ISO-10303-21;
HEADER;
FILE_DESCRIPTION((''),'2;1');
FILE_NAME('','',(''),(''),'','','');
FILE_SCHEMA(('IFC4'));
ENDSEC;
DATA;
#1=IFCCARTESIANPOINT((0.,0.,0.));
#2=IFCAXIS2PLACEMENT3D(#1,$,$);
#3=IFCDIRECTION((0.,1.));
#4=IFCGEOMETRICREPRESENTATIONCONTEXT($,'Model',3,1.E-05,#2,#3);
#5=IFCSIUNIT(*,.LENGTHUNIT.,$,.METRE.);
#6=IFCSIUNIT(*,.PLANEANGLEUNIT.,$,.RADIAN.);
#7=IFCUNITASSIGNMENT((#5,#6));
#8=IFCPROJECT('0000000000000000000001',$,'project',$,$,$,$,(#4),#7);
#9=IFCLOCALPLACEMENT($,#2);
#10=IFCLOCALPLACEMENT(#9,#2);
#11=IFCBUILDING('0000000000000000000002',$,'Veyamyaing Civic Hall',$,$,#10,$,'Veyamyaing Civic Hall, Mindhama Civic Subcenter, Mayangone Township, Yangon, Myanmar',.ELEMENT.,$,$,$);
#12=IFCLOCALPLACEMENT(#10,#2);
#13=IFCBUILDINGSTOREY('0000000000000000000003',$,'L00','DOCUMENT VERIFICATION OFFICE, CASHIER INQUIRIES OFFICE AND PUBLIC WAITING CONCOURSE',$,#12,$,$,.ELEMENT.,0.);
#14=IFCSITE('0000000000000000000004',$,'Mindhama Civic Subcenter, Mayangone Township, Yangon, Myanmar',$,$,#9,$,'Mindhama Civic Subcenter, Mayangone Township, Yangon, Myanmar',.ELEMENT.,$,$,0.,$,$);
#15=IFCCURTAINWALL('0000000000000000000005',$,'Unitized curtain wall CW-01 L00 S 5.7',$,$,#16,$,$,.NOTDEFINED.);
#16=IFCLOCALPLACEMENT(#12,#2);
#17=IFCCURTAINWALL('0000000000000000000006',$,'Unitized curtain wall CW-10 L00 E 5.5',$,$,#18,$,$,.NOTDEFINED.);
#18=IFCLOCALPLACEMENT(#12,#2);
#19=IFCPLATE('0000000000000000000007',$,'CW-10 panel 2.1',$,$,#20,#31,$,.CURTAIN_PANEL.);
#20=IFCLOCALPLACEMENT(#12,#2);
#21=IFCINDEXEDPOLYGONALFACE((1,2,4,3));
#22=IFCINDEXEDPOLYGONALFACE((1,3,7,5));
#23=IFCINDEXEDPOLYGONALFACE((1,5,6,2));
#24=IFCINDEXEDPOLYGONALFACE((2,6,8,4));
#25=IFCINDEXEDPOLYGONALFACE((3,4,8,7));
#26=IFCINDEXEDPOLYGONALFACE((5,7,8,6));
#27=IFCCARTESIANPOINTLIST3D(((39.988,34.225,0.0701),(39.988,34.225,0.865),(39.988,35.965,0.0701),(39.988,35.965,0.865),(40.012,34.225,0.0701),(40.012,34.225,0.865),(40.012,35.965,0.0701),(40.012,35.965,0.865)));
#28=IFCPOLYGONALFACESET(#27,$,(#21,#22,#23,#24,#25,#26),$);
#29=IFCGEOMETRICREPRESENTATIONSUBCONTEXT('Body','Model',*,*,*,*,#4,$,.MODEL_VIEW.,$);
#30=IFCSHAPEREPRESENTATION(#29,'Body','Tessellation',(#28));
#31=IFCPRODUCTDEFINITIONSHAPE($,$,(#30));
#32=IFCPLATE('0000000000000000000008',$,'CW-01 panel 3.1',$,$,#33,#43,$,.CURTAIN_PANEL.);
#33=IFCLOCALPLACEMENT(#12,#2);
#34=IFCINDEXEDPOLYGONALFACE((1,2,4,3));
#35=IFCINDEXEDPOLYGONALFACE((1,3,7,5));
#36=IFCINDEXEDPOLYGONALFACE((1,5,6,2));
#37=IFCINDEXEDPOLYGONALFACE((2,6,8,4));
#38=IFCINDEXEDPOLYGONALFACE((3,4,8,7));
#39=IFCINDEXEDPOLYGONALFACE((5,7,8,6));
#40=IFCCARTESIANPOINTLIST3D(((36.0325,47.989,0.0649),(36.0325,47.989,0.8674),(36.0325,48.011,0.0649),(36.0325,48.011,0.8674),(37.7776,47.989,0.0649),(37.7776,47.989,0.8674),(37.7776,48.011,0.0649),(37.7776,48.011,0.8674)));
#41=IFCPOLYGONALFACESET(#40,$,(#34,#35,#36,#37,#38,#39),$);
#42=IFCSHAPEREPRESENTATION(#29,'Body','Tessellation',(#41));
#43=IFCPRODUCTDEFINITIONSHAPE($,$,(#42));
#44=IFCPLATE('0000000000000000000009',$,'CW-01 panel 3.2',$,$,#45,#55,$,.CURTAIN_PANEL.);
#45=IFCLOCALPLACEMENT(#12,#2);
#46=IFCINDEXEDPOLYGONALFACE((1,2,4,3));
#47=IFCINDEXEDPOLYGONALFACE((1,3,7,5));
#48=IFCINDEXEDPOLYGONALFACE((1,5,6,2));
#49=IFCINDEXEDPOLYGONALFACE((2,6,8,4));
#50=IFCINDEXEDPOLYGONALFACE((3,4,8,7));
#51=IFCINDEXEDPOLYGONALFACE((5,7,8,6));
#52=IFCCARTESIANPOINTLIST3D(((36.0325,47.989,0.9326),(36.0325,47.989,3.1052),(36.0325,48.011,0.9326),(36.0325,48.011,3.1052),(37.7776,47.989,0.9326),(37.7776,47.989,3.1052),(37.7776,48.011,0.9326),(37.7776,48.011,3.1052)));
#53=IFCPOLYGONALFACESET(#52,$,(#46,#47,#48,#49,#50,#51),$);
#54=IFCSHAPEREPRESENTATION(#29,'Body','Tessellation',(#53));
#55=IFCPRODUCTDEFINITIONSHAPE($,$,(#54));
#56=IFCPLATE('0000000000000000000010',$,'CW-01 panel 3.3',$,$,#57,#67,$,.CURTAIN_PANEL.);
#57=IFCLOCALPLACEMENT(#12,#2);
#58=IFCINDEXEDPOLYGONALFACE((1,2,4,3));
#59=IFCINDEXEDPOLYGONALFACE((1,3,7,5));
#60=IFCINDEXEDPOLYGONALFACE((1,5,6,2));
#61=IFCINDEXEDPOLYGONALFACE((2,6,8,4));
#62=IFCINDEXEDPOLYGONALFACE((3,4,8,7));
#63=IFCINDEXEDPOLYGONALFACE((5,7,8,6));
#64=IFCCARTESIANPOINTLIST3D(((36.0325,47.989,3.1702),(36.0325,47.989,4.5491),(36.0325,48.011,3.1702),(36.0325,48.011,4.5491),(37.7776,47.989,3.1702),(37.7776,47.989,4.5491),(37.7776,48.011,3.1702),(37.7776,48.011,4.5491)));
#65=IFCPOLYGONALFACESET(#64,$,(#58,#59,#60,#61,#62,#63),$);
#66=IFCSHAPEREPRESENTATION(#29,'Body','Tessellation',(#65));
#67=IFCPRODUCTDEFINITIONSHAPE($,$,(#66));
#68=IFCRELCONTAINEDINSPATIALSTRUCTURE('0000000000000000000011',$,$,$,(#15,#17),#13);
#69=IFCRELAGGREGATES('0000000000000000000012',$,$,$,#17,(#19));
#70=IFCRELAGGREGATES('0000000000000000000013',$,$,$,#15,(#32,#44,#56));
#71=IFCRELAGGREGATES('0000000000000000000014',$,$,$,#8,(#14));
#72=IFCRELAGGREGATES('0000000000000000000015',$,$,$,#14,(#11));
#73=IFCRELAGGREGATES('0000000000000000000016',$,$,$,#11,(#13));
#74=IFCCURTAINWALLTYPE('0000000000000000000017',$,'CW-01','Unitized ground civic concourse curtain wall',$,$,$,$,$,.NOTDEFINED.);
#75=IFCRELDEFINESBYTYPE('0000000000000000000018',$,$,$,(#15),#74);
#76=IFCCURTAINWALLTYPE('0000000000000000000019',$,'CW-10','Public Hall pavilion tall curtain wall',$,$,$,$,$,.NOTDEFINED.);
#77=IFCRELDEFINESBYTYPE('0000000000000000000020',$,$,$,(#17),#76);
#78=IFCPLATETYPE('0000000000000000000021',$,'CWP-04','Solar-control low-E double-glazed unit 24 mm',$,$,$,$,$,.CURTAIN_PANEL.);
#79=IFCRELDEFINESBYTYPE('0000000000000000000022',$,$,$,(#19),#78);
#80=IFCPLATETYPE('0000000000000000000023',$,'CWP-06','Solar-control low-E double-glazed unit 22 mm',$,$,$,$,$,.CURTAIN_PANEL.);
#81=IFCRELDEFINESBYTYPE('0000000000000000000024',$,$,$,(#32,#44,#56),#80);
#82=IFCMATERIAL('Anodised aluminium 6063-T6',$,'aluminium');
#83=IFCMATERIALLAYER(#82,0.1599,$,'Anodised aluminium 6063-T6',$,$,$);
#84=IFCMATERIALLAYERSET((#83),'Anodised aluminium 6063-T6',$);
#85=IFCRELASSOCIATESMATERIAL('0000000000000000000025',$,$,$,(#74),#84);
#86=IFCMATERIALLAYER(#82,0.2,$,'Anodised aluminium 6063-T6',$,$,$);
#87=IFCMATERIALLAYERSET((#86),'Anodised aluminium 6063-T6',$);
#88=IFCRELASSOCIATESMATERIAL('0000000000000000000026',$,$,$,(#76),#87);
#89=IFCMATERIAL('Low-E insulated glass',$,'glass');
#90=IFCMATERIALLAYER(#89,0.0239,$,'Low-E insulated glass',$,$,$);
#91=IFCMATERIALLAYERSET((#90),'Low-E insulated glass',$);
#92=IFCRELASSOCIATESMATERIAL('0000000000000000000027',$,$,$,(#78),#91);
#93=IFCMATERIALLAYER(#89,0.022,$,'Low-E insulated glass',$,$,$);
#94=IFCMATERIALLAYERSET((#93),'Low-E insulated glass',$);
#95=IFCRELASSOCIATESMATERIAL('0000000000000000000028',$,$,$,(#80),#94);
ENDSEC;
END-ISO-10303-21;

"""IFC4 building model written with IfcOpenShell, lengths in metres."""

from ifc_helpers import new_model, si_unit, direction, frame, origin, origin_2d, place, context, subcontext, project, spatial, rectangle, extrude, material, layer, layer_set, type_object, element, aggregate, save


model = new_model("IFC4")

# Units and contexts
model_context = context("Model", 3, precision=1e-05, world=origin(), true_north=direction((0.0, 1.0)))
body_context = subcontext(model_context, "Body", "Model", "MODEL_VIEW")
ifc_project = project(units=[si_unit("LENGTHUNIT", "METRE"), si_unit("PLANEANGLEUNIT", "RADIAN")], contexts=[model_context])

# Site, building, storey
site_placement = place(None, origin())
site = spatial("IfcSite", under=ifc_project, at=site_placement, Name="Mindhama Civic Subcenter, Mayangone Township, Yangon, Myanmar", LongName="Mindhama Civic Subcenter, Mayangone Township, Yangon, Myanmar", CompositionType="ELEMENT", RefElevation=0.0)
building_placement = place(site_placement, origin())
building = spatial("IfcBuilding", under=site, at=building_placement, Name="Veyamyaing Civic Hall", LongName="Veyamyaing Civic Hall, Mindhama Civic Subcenter, Mayangone Township, Yangon, Myanmar", CompositionType="ELEMENT")
storey_placement = place(building_placement, origin())
storey = spatial("IfcBuildingStorey", under=building, at=storey_placement, Name="L00", Description="DOCUMENT VERIFICATION OFFICE, CASHIER INQUIRIES OFFICE AND PUBLIC WAITING CONCOURSE", CompositionType="ELEMENT", Elevation=0.0)

# Curtain wall
ifc_material_1 = material(Name="Anodised aluminium 6063-T6", Category="aluminium")
ifc_layer_1 = layer(ifc_material_1, 0.1599, Name="Anodised aluminium 6063-T6")
ifc_layer_set_1 = layer_set([ifc_layer_1], Name="Anodised aluminium 6063-T6")
curtain_wall_type_1 = type_object("IfcCurtainWallType", Name="CW-01", Description="Unitized ground civic concourse curtain wall", PredefinedType="NOTDEFINED", material=ifc_layer_set_1)
curtain_wall_1_placement = place(storey_placement, origin())
curtain_wall_1 = element("IfcCurtainWall", 1, at=curtain_wall_1_placement, inside=storey, type_object=curtain_wall_type_1, Name="Unitized curtain wall CW-01 L00 S 5.7", PredefinedType="NOTDEFINED")

# Shared definitions
ifc_layer_2 = layer(ifc_material_1, 0.2, Name="Anodised aluminium 6063-T6")
ifc_layer_set_2 = layer_set([ifc_layer_2], Name="Anodised aluminium 6063-T6")
curtain_wall_type_2 = type_object("IfcCurtainWallType", Name="CW-10", Description="Public Hall pavilion tall curtain wall", PredefinedType="NOTDEFINED", material=ifc_layer_set_2)

# Curtain wall
curtain_wall_2_placement = place(storey_placement, origin())
curtain_wall_2 = element("IfcCurtainWall", 2, at=curtain_wall_2_placement, inside=storey, type_object=curtain_wall_type_2, Name="Unitized curtain wall CW-10 L00 E 5.5", PredefinedType="NOTDEFINED")

# Plates
ifc_material_2 = material(Name="Low-E insulated glass", Category="glass")
ifc_layer_3 = layer(ifc_material_2, 0.0239, Name="Low-E insulated glass")
ifc_layer_set_3 = layer_set([ifc_layer_3], Name="Low-E insulated glass")
plate_type_1 = type_object("IfcPlateType", Name="CWP-04", Description="Solar-control low-E double-glazed unit 24 mm", PredefinedType="CURTAIN_PANEL", material=ifc_layer_set_3)
plate_1_placement = place(storey_placement, frame((40.0, 35.095, 0.0701), z_axis=(0.0, 0.0, 1.0), x_axis=(0.0, 1.0, 0.0)))
plate_1 = element("IfcPlate", 3, at=plate_1_placement, type_object=plate_type_1, Name="CW-10 panel 2.1", PredefinedType="CURTAIN_PANEL", context=body_context, shape_type="SweptSolid", body=[
    extrude(rectangle(XDim=1.74, YDim=0.0239, at=origin_2d()), origin(), (0.0, 0.0, 1.0), 0.7949),
])
aggregate(curtain_wall_2, [plate_1])
ifc_layer_4 = layer(ifc_material_2, 0.022, Name="Low-E insulated glass")
ifc_layer_set_4 = layer_set([ifc_layer_4], Name="Low-E insulated glass")
plate_type_2 = type_object("IfcPlateType", Name="CWP-06", Description="Solar-control low-E double-glazed unit 22 mm", PredefinedType="CURTAIN_PANEL", material=ifc_layer_set_4)
plate_2_placement = place(storey_placement, frame((36.905, 48.0, 0.0649), z_axis=(0.0, 0.0, 1.0), x_axis=(1.0, 0.0, 0.0)))
plate_2 = element("IfcPlate", 4, at=plate_2_placement, type_object=plate_type_2, Name="CW-01 panel 3.1", PredefinedType="CURTAIN_PANEL", context=body_context, shape_type="SweptSolid", body=[
    extrude(rectangle(XDim=1.7451, YDim=0.022, at=origin_2d()), origin(), (0.0, 0.0, 1.0), 0.8025),
])
plate_3_placement = place(storey_placement, frame((36.905, 48.0, 0.9326), z_axis=(0.0, 0.0, 1.0), x_axis=(1.0, 0.0, 0.0)))
plate_3 = element("IfcPlate", 5, at=plate_3_placement, type_object=plate_type_2, Name="CW-01 panel 3.2", PredefinedType="CURTAIN_PANEL", context=body_context, shape_type="SweptSolid", body=[
    extrude(rectangle(XDim=1.7451, YDim=0.022, at=origin_2d()), origin(), (0.0, 0.0, 1.0), 2.1726),
])
plate_4_placement = place(storey_placement, frame((36.905, 48.0, 3.1702), z_axis=(0.0, 0.0, 1.0), x_axis=(1.0, 0.0, 0.0)))
plate_4 = element("IfcPlate", 6, at=plate_4_placement, type_object=plate_type_2, Name="CW-01 panel 3.3", PredefinedType="CURTAIN_PANEL", context=body_context, shape_type="SweptSolid", body=[
    extrude(rectangle(XDim=1.7451, YDim=0.022, at=origin_2d()), origin(), (0.0, 0.0, 1.0), 1.3789),
])
aggregate(curtain_wall_1, [plate_2, plate_3, plate_4])

save(model, "model.ifc")
